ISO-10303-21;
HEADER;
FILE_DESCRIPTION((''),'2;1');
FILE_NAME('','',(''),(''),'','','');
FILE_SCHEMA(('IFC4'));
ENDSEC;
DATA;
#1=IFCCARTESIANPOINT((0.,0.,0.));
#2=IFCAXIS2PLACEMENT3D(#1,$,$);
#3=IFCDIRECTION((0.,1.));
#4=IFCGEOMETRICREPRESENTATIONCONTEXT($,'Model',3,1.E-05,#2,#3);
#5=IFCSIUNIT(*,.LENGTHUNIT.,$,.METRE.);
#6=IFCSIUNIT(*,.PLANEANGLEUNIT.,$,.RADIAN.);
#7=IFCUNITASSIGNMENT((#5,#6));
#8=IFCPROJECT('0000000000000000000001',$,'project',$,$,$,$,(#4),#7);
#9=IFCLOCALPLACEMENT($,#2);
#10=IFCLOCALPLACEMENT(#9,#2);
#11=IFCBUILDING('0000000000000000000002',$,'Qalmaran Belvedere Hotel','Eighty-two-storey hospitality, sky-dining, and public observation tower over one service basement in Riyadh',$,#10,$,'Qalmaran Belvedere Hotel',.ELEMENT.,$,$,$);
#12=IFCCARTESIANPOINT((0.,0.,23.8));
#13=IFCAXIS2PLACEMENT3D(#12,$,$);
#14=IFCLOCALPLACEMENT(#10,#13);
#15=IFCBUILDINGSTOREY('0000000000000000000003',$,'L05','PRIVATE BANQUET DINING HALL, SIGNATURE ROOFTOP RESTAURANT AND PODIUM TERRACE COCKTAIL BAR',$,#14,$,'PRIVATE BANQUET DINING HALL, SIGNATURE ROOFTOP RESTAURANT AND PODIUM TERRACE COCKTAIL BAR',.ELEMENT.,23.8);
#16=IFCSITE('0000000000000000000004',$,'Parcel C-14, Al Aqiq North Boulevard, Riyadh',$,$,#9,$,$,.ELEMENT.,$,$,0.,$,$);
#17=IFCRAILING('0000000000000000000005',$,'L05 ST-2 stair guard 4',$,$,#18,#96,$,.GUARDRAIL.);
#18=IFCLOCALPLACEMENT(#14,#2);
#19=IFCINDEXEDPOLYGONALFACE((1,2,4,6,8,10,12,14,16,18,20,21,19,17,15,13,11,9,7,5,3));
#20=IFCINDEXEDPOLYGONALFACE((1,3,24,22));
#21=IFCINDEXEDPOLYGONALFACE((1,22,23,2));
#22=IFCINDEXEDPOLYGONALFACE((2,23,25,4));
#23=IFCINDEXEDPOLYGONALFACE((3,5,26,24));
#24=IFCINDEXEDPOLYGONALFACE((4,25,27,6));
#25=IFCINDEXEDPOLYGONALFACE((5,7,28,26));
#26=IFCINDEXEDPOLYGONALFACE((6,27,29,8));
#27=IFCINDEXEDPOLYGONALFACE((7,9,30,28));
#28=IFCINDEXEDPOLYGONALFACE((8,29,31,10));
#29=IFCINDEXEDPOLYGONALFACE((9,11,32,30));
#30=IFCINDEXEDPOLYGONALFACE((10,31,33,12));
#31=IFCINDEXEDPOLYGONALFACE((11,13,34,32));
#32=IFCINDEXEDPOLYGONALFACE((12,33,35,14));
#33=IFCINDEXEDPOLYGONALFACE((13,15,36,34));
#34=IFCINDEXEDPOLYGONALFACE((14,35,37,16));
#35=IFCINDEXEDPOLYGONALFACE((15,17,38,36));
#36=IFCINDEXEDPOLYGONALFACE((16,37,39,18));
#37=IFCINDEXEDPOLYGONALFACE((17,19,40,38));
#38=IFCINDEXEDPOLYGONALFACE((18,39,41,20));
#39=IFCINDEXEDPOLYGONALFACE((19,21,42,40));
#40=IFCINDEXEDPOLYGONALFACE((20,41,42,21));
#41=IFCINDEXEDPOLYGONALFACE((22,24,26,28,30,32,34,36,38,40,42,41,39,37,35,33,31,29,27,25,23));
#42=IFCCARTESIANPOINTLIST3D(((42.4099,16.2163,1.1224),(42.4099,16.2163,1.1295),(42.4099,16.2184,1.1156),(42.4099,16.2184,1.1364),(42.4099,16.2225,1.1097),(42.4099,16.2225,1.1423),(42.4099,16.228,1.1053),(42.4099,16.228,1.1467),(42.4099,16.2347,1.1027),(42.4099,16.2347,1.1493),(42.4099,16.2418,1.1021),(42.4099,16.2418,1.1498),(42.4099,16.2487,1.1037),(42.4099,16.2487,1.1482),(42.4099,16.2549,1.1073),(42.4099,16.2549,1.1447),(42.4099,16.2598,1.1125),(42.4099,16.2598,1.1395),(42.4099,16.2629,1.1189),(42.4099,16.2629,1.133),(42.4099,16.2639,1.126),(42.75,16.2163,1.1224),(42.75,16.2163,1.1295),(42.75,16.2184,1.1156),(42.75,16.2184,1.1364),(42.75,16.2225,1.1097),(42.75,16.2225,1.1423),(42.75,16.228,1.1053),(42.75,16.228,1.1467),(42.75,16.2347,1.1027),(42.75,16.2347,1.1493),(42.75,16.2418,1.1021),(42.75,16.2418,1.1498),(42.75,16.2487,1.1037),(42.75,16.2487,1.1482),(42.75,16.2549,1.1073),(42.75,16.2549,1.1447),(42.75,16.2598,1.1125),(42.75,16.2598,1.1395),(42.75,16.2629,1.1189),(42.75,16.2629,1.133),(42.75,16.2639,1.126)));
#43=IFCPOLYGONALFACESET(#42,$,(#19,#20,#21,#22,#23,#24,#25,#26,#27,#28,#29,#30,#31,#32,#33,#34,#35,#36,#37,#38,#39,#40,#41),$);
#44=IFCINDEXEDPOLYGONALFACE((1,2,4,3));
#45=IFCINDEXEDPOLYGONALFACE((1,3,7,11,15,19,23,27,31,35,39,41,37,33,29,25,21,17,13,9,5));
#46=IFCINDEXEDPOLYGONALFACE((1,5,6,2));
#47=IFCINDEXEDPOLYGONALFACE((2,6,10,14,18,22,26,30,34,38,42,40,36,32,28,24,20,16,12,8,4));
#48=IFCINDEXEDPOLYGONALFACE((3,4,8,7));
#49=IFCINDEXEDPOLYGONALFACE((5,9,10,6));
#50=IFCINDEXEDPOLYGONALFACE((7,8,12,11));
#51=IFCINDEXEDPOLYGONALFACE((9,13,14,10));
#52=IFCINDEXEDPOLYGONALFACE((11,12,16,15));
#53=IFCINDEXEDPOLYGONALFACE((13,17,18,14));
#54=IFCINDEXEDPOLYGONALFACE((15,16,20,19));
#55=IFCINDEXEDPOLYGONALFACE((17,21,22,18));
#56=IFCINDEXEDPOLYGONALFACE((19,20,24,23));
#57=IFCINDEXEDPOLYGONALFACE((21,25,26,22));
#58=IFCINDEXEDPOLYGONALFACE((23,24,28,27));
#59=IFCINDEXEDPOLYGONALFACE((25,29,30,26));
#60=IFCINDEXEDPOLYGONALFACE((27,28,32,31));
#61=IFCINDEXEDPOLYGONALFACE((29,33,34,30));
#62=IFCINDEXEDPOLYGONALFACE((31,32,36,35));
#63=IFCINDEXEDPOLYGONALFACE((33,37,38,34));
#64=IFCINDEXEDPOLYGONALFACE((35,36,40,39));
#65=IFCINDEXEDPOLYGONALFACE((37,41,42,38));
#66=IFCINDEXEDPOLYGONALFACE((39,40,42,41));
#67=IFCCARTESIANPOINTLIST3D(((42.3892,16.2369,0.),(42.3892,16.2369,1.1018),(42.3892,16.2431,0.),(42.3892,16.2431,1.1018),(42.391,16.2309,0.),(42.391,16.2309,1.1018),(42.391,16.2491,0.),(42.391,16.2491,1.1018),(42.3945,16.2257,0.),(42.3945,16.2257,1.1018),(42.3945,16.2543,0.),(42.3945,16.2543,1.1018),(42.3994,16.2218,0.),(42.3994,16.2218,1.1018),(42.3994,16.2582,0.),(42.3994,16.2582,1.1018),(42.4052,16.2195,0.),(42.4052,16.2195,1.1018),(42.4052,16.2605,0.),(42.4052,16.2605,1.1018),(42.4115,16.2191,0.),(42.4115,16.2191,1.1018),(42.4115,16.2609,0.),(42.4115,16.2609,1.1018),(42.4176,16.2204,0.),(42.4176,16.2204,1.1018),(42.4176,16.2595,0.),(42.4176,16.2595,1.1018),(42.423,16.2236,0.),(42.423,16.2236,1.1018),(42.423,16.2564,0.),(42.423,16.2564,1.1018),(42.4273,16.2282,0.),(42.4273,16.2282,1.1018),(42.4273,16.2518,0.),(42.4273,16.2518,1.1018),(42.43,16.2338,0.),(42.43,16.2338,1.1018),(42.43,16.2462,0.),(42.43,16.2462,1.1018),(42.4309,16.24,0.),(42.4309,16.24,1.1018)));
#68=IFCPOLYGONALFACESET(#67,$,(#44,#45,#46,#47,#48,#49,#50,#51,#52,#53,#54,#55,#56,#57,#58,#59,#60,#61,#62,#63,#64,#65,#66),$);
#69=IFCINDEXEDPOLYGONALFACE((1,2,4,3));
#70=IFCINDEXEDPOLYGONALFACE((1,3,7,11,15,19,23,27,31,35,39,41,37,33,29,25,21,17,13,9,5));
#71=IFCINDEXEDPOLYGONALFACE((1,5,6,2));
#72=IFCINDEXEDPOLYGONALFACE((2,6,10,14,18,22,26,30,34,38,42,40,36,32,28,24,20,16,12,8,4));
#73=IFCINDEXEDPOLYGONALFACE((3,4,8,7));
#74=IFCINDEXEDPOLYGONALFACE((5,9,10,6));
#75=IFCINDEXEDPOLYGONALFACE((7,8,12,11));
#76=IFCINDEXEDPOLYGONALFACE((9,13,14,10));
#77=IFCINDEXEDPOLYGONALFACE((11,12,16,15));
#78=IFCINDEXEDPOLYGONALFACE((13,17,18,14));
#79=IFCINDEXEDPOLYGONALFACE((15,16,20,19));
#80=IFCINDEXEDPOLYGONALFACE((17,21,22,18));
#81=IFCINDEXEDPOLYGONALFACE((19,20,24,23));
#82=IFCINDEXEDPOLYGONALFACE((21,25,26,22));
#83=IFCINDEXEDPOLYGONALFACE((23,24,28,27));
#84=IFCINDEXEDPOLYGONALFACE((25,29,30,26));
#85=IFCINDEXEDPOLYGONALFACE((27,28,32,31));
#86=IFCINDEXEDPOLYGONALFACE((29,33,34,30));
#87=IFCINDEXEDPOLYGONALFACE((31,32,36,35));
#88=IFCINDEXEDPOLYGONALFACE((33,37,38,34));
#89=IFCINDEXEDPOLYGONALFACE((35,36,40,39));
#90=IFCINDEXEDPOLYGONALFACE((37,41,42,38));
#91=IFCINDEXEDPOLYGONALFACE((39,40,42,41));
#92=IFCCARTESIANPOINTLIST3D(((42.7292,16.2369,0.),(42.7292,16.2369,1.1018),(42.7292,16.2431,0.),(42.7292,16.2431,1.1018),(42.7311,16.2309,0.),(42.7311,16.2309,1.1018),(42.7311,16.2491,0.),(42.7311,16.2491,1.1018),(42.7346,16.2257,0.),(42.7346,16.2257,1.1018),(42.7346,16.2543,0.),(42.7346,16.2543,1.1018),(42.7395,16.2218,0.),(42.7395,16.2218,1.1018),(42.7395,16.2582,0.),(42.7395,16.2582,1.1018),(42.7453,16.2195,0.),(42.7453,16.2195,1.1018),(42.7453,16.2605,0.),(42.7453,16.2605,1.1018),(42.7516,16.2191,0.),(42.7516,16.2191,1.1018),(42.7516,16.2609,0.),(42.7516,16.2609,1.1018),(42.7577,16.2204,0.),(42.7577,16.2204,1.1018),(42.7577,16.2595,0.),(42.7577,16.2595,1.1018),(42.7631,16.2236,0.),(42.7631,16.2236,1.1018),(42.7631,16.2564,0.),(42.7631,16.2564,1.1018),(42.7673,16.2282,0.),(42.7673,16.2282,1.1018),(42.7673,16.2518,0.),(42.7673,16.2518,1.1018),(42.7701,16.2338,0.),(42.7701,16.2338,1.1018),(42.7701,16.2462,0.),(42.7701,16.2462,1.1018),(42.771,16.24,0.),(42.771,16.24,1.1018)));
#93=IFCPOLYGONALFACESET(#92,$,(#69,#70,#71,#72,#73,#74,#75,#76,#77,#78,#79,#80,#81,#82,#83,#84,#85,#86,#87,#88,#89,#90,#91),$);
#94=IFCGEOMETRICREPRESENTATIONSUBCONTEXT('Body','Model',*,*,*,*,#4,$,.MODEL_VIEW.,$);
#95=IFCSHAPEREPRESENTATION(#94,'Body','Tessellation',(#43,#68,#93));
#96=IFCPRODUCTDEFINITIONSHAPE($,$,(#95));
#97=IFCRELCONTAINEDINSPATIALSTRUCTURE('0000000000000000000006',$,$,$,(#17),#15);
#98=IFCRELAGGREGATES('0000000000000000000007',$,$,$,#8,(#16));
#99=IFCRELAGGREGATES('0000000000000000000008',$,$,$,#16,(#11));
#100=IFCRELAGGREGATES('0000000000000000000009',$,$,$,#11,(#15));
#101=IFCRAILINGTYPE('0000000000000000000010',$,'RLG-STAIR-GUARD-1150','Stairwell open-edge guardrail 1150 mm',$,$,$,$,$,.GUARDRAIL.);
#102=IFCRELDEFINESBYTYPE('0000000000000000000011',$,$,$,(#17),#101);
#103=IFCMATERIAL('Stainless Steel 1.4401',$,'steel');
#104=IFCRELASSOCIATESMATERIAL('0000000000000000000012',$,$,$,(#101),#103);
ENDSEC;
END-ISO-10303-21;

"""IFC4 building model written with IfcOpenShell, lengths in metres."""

from ifc_helpers import new_model, si_unit, direction, frame, origin, origin_2d, place, context, subcontext, project, spatial, circle, extrude, material, type_object, element, save


model = new_model("IFC4")

# Units and contexts
model_context = context("Model", 3, precision=1e-05, world=origin(), true_north=direction((0.0, 1.0)))
body_context = subcontext(model_context, "Body", "Model", "MODEL_VIEW")
ifc_project = project(units=[si_unit("LENGTHUNIT", "METRE"), si_unit("PLANEANGLEUNIT", "RADIAN")], contexts=[model_context])

# Site, building, storey
site_placement = place(None, origin())
site = spatial("IfcSite", under=ifc_project, at=site_placement, Name="Parcel C-14, Al Aqiq North Boulevard, Riyadh", CompositionType="ELEMENT", RefElevation=0.0)
building_placement = place(site_placement, origin())
building = spatial("IfcBuilding", under=site, at=building_placement, Name="Qalmaran Belvedere Hotel", Description="Eighty-two-storey hospitality, sky-dining, and public observation tower over one service basement in Riyadh", LongName="Qalmaran Belvedere Hotel", CompositionType="ELEMENT")
storey_placement = place(building_placement, frame((0.0, 0.0, 23.8)))
storey = spatial("IfcBuildingStorey", under=building, at=storey_placement, Name="L05", Description="PRIVATE BANQUET DINING HALL, SIGNATURE ROOFTOP RESTAURANT AND PODIUM TERRACE COCKTAIL BAR", LongName="PRIVATE BANQUET DINING HALL, SIGNATURE ROOFTOP RESTAURANT AND PODIUM TERRACE COCKTAIL BAR", CompositionType="ELEMENT", Elevation=23.8)

# Shared definitions
ifc_material_1 = material(Name="Stainless Steel 1.4401", Category="steel")

# Railing
railing_type_1 = type_object("IfcRailingType", Name="RLG-STAIR-GUARD-1150", Description="Stairwell open-edge guardrail 1150 mm", PredefinedType="GUARDRAIL", material=ifc_material_1)
railing_1_placement = place(storey_placement, frame((42.4099, 16.24, 0.0)))
element("IfcRailing", 1, at=railing_1_placement, inside=storey, type_object=railing_type_1, Name="L05 ST-2 stair guard 4", PredefinedType="GUARDRAIL", context=body_context, shape_type="SweptSolid", body=[
    extrude(circle(Radius=0.0239, at=origin_2d()), frame((0.0, 0.0, 1.126), z_axis=(1.0, 0.0, 0.0), x_axis=(0.0, 1.0, 0.0)), (0.0, 0.0, 1.0), 0.3401),
    extrude(circle(Radius=0.021, at=origin_2d()), origin(), (0.0, 0.0, 1.0), 1.1018),
    extrude(circle(Radius=0.021, at=origin_2d()), frame((0.3401, 0.0, 0.0)), (0.0, 0.0, 1.0), 1.1018),
])

save(model, "model.ifc")
